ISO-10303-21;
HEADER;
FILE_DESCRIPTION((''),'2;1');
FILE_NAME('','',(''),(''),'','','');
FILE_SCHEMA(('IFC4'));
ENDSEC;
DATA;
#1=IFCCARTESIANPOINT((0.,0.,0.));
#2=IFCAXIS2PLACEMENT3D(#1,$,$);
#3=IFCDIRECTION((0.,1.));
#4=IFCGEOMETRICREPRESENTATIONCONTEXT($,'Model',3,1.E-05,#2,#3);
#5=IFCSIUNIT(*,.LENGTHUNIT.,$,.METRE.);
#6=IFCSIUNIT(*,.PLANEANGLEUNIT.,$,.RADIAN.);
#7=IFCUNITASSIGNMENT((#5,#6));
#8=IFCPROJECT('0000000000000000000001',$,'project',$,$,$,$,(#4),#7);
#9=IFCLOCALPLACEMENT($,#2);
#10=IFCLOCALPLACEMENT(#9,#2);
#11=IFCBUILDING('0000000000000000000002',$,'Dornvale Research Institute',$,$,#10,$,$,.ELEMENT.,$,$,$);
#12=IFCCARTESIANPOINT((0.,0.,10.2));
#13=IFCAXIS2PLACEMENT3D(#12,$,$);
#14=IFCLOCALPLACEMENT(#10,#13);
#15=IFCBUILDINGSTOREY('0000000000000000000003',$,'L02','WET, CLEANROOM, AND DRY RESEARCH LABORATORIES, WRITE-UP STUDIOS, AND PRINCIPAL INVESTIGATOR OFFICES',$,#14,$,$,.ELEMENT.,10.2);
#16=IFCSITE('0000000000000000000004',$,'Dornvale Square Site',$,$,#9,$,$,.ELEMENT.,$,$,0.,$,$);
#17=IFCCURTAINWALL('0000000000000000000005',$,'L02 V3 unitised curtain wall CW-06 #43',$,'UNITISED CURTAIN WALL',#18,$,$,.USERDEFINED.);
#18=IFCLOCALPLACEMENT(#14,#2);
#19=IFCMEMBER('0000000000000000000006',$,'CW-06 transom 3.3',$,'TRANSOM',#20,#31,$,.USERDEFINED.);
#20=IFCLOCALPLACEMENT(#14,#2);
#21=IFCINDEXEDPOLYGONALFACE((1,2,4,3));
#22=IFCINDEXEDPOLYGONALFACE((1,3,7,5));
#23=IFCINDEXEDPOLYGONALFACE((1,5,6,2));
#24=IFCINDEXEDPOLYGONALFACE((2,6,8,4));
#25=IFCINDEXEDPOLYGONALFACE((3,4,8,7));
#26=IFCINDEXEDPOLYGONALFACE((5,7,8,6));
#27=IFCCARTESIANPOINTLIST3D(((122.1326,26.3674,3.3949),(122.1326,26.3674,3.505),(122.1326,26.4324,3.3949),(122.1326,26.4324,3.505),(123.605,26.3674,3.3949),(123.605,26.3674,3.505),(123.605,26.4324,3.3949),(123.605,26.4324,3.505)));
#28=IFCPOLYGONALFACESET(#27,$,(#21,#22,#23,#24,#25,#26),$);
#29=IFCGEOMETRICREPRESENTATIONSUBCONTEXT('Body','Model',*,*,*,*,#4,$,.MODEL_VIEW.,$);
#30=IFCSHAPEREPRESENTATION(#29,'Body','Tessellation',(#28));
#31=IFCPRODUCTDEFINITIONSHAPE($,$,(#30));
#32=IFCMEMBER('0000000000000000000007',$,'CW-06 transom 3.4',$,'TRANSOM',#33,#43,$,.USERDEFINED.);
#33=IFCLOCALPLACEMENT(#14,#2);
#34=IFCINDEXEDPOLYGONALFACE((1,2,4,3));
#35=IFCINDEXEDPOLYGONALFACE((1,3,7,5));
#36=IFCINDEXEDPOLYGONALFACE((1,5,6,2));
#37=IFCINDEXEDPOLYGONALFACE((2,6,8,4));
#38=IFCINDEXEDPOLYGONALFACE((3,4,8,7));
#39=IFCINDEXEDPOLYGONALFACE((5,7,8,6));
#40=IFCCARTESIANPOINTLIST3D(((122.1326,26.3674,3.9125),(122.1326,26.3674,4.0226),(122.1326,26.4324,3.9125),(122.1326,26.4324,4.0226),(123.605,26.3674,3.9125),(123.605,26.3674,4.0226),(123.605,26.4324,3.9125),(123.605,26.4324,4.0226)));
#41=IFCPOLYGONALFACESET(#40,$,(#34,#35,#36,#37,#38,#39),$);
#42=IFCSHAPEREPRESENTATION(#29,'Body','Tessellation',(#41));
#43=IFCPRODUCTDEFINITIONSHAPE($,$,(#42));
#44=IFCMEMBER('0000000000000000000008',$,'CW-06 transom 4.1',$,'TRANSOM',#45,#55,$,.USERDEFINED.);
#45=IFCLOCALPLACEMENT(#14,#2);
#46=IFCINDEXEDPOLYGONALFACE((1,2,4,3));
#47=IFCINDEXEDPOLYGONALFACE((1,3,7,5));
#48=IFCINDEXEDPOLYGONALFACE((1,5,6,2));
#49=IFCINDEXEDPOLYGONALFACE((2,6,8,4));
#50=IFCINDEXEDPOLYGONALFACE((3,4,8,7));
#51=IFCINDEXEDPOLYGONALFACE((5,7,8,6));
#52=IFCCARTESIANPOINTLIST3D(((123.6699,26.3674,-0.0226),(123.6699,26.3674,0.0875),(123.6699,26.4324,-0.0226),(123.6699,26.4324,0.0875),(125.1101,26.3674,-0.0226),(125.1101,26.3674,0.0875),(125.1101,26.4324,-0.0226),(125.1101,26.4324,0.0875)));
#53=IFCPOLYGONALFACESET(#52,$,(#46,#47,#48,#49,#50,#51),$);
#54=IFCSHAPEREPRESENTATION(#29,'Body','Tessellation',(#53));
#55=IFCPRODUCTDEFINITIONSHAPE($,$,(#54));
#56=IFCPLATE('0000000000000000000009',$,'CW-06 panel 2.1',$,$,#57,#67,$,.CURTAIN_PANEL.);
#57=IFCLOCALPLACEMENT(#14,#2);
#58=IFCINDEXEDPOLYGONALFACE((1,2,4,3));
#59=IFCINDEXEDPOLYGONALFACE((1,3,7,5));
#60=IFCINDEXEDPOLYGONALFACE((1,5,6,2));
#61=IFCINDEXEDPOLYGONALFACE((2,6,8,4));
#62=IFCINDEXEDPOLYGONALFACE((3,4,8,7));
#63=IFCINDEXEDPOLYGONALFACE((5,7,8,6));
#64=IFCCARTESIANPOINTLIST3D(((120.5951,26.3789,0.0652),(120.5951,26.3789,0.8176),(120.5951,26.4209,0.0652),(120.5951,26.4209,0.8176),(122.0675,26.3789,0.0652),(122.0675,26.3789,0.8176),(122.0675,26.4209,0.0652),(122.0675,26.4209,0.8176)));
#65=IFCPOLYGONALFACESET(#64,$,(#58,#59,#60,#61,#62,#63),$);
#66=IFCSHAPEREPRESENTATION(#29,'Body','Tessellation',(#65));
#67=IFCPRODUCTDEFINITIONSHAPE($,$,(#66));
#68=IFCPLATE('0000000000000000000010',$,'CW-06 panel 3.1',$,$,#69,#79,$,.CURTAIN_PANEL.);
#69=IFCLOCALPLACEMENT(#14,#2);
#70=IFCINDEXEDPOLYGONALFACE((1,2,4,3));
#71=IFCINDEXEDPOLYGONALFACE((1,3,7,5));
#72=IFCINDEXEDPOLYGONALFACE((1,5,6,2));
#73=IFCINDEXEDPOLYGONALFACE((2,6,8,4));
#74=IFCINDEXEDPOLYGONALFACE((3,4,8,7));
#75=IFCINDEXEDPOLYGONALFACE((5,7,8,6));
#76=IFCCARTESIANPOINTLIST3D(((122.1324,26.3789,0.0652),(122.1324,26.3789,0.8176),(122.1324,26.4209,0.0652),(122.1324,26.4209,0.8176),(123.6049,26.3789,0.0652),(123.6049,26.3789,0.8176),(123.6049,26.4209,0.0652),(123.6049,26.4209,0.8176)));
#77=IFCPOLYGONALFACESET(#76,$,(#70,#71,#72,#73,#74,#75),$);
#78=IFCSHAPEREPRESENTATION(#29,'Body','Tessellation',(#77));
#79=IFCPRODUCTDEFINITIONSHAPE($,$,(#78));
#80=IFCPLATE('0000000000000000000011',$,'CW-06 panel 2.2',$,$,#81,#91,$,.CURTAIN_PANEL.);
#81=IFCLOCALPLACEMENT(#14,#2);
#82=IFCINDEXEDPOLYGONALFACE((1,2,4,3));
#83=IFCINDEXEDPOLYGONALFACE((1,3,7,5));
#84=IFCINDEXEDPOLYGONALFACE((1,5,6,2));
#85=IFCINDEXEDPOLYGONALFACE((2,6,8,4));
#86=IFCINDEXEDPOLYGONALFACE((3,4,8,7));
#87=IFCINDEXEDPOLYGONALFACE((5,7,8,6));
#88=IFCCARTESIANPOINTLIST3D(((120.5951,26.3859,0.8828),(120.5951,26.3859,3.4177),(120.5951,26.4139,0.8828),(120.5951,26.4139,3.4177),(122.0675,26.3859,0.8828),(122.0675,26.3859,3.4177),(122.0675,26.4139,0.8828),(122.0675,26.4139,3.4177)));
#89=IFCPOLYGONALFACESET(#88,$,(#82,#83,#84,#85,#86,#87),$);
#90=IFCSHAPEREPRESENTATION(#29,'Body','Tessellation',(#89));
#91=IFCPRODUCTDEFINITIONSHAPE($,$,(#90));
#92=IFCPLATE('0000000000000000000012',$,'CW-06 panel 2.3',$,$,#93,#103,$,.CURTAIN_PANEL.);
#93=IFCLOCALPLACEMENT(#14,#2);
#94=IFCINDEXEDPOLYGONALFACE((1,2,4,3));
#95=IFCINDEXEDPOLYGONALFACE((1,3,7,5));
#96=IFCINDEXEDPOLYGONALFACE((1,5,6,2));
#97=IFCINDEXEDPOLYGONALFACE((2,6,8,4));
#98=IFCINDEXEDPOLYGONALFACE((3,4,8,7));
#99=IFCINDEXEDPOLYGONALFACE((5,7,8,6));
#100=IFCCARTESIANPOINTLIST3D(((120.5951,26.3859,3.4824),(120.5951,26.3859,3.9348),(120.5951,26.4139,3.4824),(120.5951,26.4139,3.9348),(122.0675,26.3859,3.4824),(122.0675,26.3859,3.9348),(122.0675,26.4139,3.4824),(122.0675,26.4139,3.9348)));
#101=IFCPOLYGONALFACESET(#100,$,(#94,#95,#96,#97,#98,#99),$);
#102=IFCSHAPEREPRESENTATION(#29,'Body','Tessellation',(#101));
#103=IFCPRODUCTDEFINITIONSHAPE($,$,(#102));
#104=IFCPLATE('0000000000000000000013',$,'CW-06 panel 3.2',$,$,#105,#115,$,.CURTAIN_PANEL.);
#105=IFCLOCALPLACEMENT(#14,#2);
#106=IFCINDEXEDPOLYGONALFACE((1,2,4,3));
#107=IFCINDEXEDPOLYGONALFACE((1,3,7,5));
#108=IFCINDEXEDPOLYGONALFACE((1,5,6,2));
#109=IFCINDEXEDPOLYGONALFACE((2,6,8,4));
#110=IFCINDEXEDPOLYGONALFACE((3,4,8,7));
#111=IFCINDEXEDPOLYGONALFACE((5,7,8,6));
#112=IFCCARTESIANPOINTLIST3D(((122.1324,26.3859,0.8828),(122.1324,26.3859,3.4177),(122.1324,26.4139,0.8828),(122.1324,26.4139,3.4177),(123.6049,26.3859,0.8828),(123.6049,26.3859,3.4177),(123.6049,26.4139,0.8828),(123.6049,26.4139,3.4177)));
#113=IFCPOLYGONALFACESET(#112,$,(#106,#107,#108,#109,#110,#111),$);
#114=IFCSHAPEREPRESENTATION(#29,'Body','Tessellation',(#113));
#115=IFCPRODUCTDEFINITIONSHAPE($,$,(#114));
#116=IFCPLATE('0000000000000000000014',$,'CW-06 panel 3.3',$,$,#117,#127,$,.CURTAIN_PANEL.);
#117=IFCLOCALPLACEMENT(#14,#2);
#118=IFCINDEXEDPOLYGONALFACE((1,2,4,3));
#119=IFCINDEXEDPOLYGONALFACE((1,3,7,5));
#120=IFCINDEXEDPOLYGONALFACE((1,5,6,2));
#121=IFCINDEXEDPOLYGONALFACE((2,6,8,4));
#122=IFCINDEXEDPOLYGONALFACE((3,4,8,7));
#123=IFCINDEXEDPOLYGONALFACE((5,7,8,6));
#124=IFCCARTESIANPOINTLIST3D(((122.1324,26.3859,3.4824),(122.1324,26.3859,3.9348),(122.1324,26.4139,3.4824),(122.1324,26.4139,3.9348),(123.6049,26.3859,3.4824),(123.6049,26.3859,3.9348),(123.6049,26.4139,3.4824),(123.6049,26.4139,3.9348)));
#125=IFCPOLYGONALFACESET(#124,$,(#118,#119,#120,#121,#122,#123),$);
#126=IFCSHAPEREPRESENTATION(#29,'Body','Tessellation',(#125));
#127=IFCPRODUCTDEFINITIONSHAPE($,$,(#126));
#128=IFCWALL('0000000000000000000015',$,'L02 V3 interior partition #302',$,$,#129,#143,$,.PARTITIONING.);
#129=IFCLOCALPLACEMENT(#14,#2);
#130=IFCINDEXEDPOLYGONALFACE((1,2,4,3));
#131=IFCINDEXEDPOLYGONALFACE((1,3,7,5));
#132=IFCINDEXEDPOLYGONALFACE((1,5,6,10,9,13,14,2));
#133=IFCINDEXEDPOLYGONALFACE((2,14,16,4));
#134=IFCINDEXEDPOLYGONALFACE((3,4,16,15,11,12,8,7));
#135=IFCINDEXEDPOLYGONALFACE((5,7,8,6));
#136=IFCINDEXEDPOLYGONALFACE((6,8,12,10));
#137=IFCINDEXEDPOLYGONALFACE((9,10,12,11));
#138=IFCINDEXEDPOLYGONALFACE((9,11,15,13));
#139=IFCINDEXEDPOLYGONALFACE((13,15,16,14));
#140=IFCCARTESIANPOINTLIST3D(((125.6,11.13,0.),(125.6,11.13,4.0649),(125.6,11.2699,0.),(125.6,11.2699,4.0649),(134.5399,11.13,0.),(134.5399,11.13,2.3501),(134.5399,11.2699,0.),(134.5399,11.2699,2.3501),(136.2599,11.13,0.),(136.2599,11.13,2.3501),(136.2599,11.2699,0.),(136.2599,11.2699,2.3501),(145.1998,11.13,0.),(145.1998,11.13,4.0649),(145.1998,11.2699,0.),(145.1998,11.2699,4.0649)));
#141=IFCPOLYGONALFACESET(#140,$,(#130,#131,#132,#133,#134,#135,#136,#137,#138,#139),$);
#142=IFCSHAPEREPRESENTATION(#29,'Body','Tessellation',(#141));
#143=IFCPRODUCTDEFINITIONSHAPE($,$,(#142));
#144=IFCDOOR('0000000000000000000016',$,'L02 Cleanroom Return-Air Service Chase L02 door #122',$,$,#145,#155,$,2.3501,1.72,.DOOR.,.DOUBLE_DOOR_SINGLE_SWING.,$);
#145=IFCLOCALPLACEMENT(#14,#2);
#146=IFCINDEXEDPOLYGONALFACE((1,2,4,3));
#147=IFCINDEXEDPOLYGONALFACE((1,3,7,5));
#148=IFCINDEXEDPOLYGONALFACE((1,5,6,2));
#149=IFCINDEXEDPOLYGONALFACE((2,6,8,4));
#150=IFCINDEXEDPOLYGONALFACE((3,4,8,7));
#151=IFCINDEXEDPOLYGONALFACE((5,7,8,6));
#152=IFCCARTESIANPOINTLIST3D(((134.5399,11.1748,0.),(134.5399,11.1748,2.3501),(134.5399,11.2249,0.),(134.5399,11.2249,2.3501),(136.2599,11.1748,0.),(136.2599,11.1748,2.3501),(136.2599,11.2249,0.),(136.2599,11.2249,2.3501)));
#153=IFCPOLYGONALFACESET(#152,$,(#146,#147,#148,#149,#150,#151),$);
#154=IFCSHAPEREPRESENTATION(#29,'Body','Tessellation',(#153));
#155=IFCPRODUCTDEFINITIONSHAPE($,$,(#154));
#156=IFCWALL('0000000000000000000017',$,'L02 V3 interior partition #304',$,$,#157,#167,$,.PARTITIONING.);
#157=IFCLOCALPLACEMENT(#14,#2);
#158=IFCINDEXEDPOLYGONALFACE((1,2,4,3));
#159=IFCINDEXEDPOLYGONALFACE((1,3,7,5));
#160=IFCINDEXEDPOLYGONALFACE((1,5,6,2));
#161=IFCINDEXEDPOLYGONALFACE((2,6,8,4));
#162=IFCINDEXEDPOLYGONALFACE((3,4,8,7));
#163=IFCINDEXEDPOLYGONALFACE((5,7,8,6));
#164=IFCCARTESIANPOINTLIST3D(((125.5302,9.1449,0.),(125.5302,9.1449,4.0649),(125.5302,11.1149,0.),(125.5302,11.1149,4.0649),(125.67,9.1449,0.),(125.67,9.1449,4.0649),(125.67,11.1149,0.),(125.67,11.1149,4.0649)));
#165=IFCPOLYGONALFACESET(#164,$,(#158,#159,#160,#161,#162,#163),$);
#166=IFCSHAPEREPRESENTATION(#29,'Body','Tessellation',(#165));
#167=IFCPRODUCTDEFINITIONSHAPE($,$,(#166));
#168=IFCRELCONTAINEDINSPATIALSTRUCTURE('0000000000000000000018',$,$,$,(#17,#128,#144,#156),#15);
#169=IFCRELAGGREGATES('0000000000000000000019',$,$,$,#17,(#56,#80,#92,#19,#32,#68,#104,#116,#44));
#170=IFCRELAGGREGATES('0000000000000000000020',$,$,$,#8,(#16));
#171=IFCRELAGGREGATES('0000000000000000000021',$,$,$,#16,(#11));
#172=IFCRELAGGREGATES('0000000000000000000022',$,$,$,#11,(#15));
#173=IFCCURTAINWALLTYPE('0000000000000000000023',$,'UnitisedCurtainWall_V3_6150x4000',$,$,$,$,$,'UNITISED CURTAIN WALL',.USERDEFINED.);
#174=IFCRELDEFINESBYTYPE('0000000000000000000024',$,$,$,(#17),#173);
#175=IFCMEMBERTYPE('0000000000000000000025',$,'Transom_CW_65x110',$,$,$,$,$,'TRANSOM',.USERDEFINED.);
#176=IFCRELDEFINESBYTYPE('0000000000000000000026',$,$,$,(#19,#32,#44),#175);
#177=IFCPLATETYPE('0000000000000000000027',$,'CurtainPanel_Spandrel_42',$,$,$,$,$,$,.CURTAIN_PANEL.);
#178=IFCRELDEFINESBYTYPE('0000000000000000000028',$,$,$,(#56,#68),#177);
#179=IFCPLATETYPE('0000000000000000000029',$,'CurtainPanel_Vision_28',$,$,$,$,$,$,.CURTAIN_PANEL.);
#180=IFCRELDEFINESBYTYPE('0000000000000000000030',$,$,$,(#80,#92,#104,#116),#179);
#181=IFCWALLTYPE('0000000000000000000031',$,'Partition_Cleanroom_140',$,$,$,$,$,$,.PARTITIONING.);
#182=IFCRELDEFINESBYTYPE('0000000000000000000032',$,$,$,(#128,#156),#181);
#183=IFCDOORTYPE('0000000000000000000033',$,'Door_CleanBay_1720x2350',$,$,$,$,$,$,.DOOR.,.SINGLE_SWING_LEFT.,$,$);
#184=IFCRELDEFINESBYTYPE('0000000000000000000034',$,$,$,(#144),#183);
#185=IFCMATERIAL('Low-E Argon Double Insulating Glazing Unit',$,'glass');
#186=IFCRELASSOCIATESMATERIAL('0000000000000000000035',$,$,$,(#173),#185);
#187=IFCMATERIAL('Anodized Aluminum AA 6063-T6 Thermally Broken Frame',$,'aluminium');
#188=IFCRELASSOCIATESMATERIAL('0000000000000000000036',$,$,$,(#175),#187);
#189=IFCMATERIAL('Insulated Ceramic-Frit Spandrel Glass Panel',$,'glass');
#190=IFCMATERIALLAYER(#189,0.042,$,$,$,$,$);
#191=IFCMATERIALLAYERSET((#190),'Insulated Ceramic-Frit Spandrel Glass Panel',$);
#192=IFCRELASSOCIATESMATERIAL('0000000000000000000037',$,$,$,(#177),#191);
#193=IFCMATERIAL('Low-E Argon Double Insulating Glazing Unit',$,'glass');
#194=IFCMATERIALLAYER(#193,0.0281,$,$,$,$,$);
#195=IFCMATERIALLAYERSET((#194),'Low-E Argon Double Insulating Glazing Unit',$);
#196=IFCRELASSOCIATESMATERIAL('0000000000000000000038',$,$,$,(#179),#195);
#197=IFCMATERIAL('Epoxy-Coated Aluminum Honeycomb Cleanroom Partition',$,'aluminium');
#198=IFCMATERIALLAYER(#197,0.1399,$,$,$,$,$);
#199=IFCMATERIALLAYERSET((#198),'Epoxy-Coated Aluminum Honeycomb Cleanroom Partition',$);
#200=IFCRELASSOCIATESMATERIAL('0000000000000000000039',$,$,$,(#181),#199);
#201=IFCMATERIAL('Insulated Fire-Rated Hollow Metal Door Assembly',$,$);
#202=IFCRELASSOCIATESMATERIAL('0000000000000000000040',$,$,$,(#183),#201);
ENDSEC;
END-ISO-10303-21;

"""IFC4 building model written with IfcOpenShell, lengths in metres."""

from ifc_helpers import new_model, si_unit, direction, frame, frame_2d, origin, origin_2d, place, context, subcontext, project, spatial, rectangle, extrude, material, layer, layer_set, material_profile, profile_set, type_object, element, fill, aggregate, save


model = new_model("IFC4")

# Units and contexts
model_context = context("Model", 3, precision=1e-05, world=origin(), true_north=direction((0.0, 1.0)))
body_context = subcontext(model_context, "Body", "Model", "MODEL_VIEW")
ifc_project = project(units=[si_unit("LENGTHUNIT", "METRE"), si_unit("PLANEANGLEUNIT", "RADIAN")], contexts=[model_context])

# Site, building, storey
site_placement = place(None, origin())
site = spatial("IfcSite", under=ifc_project, at=site_placement, Name="Dornvale Square Site", CompositionType="ELEMENT", RefElevation=0.0)
building_placement = place(site_placement, origin())
building = spatial("IfcBuilding", under=site, at=building_placement, Name="Dornvale Research Institute", CompositionType="ELEMENT")
storey_placement = place(building_placement, frame((0.0, 0.0, 10.2)))
storey = spatial("IfcBuildingStorey", under=building, at=storey_placement, Name="L02", Description="WET, CLEANROOM, AND DRY RESEARCH LABORATORIES, WRITE-UP STUDIOS, AND PRINCIPAL INVESTIGATOR OFFICES", CompositionType="ELEMENT", Elevation=10.2)

# Curtain wall, members, plates
ifc_material_1 = material(Name="Low-E Argon Double Insulating Glazing Unit", Category="glass")
curtain_wall_type = type_object("IfcCurtainWallType", Name="UnitisedCurtainWall_V3_6150x4000", ElementType="UNITISED CURTAIN WALL", PredefinedType="USERDEFINED", material=ifc_material_1)
curtain_wall_placement = place(storey_placement, origin())
curtain_wall = element("IfcCurtainWall", 1, at=curtain_wall_placement, inside=storey, type_object=curtain_wall_type, Name="L02 V3 unitised curtain wall CW-06 #43", ObjectType="UNITISED CURTAIN WALL", PredefinedType="USERDEFINED")
ifc_material_2 = material(Name="Anodized Aluminum AA 6063-T6 Thermally Broken Frame", Category="aluminium")
ifc_material_profile_1 = material_profile(ifc_material_2, rectangle(XDim=0.0649, YDim=0.1101, at=origin_2d()), Name="ALU TRANSOM 65x110")
ifc_profile_set_1 = profile_set([ifc_material_profile_1], Name="Anodized Aluminum AA 6063-T6 Thermally Broken Frame")
member_type_1 = type_object("IfcMemberType", Name="Transom_CW_65x110", ElementType="TRANSOM", PredefinedType="USERDEFINED", material=ifc_profile_set_1)
member_1_placement = place(storey_placement, frame((122.1326, 26.3999, 3.45), z_axis=(1.0, 0.0, 0.0), x_axis=(0.0, 1.0, 0.0)))
member_1 = element("IfcMember", 2, at=member_1_placement, type_object=member_type_1, Name="CW-06 transom 3.3", ObjectType="TRANSOM", PredefinedType="USERDEFINED", context=body_context, shape_type="SweptSolid", body=[
    extrude(rectangle(XDim=0.0649, YDim=0.1101, at=origin_2d()), origin(), (0.0, 0.0, 1.0), 1.4724),
])
member_2_placement = place(storey_placement, frame((122.1326, 26.3999, 3.9675), z_axis=(1.0, 0.0, 0.0), x_axis=(0.0, 1.0, 0.0)))
member_2 = element("IfcMember", 3, at=member_2_placement, type_object=member_type_1, Name="CW-06 transom 3.4", ObjectType="TRANSOM", PredefinedType="USERDEFINED", context=body_context, shape_type="SweptSolid", body=[
    extrude(rectangle(XDim=0.0649, YDim=0.1101, at=origin_2d()), origin(), (0.0, 0.0, 1.0), 1.4724),
])
member_3_placement = place(storey_placement, frame((123.6699, 26.3999, 0.0325), z_axis=(1.0, 0.0, 0.0), x_axis=(0.0, 1.0, 0.0)))
member_3 = element("IfcMember", 4, at=member_3_placement, type_object=member_type_1, Name="CW-06 transom 4.1", ObjectType="TRANSOM", PredefinedType="USERDEFINED", context=body_context, shape_type="SweptSolid", body=[
    extrude(rectangle(XDim=0.0649, YDim=0.1101, at=origin_2d()), origin(), (0.0, 0.0, 1.0), 1.4402),
])
ifc_material_3 = material(Name="Insulated Ceramic-Frit Spandrel Glass Panel", Category="glass")
ifc_layer_1 = layer(ifc_material_3, 0.042)
ifc_layer_set_1 = layer_set([ifc_layer_1], Name="Insulated Ceramic-Frit Spandrel Glass Panel")
plate_type_1 = type_object("IfcPlateType", Name="CurtainPanel_Spandrel_42", PredefinedType="CURTAIN_PANEL", material=ifc_layer_set_1)
plate_1_placement = place(storey_placement, frame((121.3313, 26.3999, 0.0652), z_axis=(0.0, 0.0, 1.0), x_axis=(1.0, 0.0, 0.0)))
plate_1 = element("IfcPlate", 5, at=plate_1_placement, type_object=plate_type_1, Name="CW-06 panel 2.1", PredefinedType="CURTAIN_PANEL", context=body_context, shape_type="SweptSolid", body=[
    extrude(rectangle(XDim=1.4724, YDim=0.042, at=origin_2d()), origin(), (0.0, 0.0, 1.0), 0.7524),
])
plate_2_placement = place(storey_placement, frame((122.8687, 26.3999, 0.0652), z_axis=(0.0, 0.0, 1.0), x_axis=(1.0, 0.0, 0.0)))
plate_2 = element("IfcPlate", 6, at=plate_2_placement, type_object=plate_type_1, Name="CW-06 panel 3.1", PredefinedType="CURTAIN_PANEL", context=body_context, shape_type="SweptSolid", body=[
    extrude(rectangle(XDim=1.4724, YDim=0.042, at=origin_2d()), origin(), (0.0, 0.0, 1.0), 0.7524),
])
ifc_material_4 = material(Name="Low-E Argon Double Insulating Glazing Unit", Category="glass")
ifc_layer_2 = layer(ifc_material_4, 0.0281)
ifc_layer_set_2 = layer_set([ifc_layer_2], Name="Low-E Argon Double Insulating Glazing Unit")
plate_type_2 = type_object("IfcPlateType", Name="CurtainPanel_Vision_28", PredefinedType="CURTAIN_PANEL", material=ifc_layer_set_2)
plate_3_placement = place(storey_placement, frame((121.3313, 26.3999, 0.8828), z_axis=(0.0, 0.0, 1.0), x_axis=(1.0, 0.0, 0.0)))
plate_3 = element("IfcPlate", 7, at=plate_3_placement, type_object=plate_type_2, Name="CW-06 panel 2.2", PredefinedType="CURTAIN_PANEL", context=body_context, shape_type="SweptSolid", body=[
    extrude(rectangle(XDim=1.4724, YDim=0.0281, at=origin_2d()), origin(), (0.0, 0.0, 1.0), 2.5349),
])
plate_4_placement = place(storey_placement, frame((121.3313, 26.3999, 3.4824), z_axis=(0.0, 0.0, 1.0), x_axis=(1.0, 0.0, 0.0)))
plate_4 = element("IfcPlate", 8, at=plate_4_placement, type_object=plate_type_2, Name="CW-06 panel 2.3", PredefinedType="CURTAIN_PANEL", context=body_context, shape_type="SweptSolid", body=[
    extrude(rectangle(XDim=1.4724, YDim=0.0281, at=origin_2d()), origin(), (0.0, 0.0, 1.0), 0.4524),
])
plate_5_placement = place(storey_placement, frame((122.8687, 26.3999, 0.8828), z_axis=(0.0, 0.0, 1.0), x_axis=(1.0, 0.0, 0.0)))
plate_5 = element("IfcPlate", 9, at=plate_5_placement, type_object=plate_type_2, Name="CW-06 panel 3.2", PredefinedType="CURTAIN_PANEL", context=body_context, shape_type="SweptSolid", body=[
    extrude(rectangle(XDim=1.4724, YDim=0.0281, at=origin_2d()), origin(), (0.0, 0.0, 1.0), 2.5349),
])
plate_6_placement = place(storey_placement, frame((122.8687, 26.3999, 3.4824), z_axis=(0.0, 0.0, 1.0), x_axis=(1.0, 0.0, 0.0)))
plate_6 = element("IfcPlate", 10, at=plate_6_placement, type_object=plate_type_2, Name="CW-06 panel 3.3", PredefinedType="CURTAIN_PANEL", context=body_context, shape_type="SweptSolid", body=[
    extrude(rectangle(XDim=1.4724, YDim=0.0281, at=origin_2d()), origin(), (0.0, 0.0, 1.0), 0.4524),
])
aggregate(curtain_wall, [plate_1, plate_3, plate_4, member_1, member_2, plate_2, plate_5, plate_6, member_3])

# Wall, opening, door
ifc_material_5 = material(Name="Epoxy-Coated Aluminum Honeycomb Cleanroom Partition", Category="aluminium")
ifc_layer_3 = layer(ifc_material_5, 0.1399)
ifc_layer_set_3 = layer_set([ifc_layer_3], Name="Epoxy-Coated Aluminum Honeycomb Cleanroom Partition")
wall_type = type_object("IfcWallType", Name="Partition_Cleanroom_140", PredefinedType="PARTITIONING", material=ifc_layer_set_3)
wall_1_placement = place(storey_placement, frame((125.6001, 11.2, 0.0), z_axis=(0.0, 0.0, 1.0), x_axis=(1.0, 0.0, 0.0)))
wall_1 = element("IfcWall", 11, at=wall_1_placement, inside=storey, type_object=wall_type, Name="L02 V3 interior partition #302", PredefinedType="PARTITIONING", context=body_context, shape_type="SweptSolid", body=[
    extrude(rectangle(XDim=19.5999, YDim=0.1399, at=frame_2d((9.7998, 0.0))), origin(), (0.0, 0.0, 1.0), 4.0649),
])
opening_placement = place(wall_1_placement, frame((8.9399, 0.0, 0.0)))
opening = element("IfcOpeningElement", 12, at=opening_placement, cuts=wall_1, PredefinedType="OPENING", context=body_context, shape_type="SweptSolid", body=[
    extrude(rectangle(XDim=1.72, YDim=2.3501, at=frame_2d((0.8599, 1.175))), frame((0.0, 0.085, 0.0), z_axis=(0.0, -1.0, 0.0), x_axis=(1.0, 0.0, 0.0)), (0.0, 0.0, 1.0), 0.1699),
])
ifc_material_6 = material(Name="Insulated Fire-Rated Hollow Metal Door Assembly")
door_type = type_object("IfcDoorType", Name="Door_CleanBay_1720x2350", OperationType="SINGLE_SWING_LEFT", PredefinedType="DOOR", material=ifc_material_6)
door_placement = place(opening_placement, origin())
door = element("IfcDoor", 13, at=door_placement, inside=storey, type_object=door_type, Name="L02 Cleanroom Return-Air Service Chase L02 door #122", OperationType="DOUBLE_DOOR_SINGLE_SWING", OverallHeight=2.3501, OverallWidth=1.72, PredefinedType="DOOR", context=body_context, shape_type="SweptSolid", body=[
    extrude(rectangle(XDim=1.72, YDim=2.3501, at=frame_2d((0.8599, 1.175))), frame((0.0, 0.0249, 0.0), z_axis=(0.0, -1.0, 0.0), x_axis=(1.0, 0.0, 0.0)), (0.0, 0.0, 1.0), 0.05),
])
fill(opening, door)

# Wall
wall_2_placement = place(storey_placement, frame((125.6001, 9.145, 0.0), z_axis=(0.0, 0.0, 1.0), x_axis=(0.0, 1.0, 0.0)))
element("IfcWall", 14, at=wall_2_placement, inside=storey, type_object=wall_type, Name="L02 V3 interior partition #304", PredefinedType="PARTITIONING", context=body_context, shape_type="SweptSolid", body=[
    extrude(rectangle(XDim=1.97, YDim=0.1399, at=frame_2d((0.9849, 0.0))), origin(), (0.0, 0.0, 1.0), 4.0649),
])

save(model, "model.ifc")
